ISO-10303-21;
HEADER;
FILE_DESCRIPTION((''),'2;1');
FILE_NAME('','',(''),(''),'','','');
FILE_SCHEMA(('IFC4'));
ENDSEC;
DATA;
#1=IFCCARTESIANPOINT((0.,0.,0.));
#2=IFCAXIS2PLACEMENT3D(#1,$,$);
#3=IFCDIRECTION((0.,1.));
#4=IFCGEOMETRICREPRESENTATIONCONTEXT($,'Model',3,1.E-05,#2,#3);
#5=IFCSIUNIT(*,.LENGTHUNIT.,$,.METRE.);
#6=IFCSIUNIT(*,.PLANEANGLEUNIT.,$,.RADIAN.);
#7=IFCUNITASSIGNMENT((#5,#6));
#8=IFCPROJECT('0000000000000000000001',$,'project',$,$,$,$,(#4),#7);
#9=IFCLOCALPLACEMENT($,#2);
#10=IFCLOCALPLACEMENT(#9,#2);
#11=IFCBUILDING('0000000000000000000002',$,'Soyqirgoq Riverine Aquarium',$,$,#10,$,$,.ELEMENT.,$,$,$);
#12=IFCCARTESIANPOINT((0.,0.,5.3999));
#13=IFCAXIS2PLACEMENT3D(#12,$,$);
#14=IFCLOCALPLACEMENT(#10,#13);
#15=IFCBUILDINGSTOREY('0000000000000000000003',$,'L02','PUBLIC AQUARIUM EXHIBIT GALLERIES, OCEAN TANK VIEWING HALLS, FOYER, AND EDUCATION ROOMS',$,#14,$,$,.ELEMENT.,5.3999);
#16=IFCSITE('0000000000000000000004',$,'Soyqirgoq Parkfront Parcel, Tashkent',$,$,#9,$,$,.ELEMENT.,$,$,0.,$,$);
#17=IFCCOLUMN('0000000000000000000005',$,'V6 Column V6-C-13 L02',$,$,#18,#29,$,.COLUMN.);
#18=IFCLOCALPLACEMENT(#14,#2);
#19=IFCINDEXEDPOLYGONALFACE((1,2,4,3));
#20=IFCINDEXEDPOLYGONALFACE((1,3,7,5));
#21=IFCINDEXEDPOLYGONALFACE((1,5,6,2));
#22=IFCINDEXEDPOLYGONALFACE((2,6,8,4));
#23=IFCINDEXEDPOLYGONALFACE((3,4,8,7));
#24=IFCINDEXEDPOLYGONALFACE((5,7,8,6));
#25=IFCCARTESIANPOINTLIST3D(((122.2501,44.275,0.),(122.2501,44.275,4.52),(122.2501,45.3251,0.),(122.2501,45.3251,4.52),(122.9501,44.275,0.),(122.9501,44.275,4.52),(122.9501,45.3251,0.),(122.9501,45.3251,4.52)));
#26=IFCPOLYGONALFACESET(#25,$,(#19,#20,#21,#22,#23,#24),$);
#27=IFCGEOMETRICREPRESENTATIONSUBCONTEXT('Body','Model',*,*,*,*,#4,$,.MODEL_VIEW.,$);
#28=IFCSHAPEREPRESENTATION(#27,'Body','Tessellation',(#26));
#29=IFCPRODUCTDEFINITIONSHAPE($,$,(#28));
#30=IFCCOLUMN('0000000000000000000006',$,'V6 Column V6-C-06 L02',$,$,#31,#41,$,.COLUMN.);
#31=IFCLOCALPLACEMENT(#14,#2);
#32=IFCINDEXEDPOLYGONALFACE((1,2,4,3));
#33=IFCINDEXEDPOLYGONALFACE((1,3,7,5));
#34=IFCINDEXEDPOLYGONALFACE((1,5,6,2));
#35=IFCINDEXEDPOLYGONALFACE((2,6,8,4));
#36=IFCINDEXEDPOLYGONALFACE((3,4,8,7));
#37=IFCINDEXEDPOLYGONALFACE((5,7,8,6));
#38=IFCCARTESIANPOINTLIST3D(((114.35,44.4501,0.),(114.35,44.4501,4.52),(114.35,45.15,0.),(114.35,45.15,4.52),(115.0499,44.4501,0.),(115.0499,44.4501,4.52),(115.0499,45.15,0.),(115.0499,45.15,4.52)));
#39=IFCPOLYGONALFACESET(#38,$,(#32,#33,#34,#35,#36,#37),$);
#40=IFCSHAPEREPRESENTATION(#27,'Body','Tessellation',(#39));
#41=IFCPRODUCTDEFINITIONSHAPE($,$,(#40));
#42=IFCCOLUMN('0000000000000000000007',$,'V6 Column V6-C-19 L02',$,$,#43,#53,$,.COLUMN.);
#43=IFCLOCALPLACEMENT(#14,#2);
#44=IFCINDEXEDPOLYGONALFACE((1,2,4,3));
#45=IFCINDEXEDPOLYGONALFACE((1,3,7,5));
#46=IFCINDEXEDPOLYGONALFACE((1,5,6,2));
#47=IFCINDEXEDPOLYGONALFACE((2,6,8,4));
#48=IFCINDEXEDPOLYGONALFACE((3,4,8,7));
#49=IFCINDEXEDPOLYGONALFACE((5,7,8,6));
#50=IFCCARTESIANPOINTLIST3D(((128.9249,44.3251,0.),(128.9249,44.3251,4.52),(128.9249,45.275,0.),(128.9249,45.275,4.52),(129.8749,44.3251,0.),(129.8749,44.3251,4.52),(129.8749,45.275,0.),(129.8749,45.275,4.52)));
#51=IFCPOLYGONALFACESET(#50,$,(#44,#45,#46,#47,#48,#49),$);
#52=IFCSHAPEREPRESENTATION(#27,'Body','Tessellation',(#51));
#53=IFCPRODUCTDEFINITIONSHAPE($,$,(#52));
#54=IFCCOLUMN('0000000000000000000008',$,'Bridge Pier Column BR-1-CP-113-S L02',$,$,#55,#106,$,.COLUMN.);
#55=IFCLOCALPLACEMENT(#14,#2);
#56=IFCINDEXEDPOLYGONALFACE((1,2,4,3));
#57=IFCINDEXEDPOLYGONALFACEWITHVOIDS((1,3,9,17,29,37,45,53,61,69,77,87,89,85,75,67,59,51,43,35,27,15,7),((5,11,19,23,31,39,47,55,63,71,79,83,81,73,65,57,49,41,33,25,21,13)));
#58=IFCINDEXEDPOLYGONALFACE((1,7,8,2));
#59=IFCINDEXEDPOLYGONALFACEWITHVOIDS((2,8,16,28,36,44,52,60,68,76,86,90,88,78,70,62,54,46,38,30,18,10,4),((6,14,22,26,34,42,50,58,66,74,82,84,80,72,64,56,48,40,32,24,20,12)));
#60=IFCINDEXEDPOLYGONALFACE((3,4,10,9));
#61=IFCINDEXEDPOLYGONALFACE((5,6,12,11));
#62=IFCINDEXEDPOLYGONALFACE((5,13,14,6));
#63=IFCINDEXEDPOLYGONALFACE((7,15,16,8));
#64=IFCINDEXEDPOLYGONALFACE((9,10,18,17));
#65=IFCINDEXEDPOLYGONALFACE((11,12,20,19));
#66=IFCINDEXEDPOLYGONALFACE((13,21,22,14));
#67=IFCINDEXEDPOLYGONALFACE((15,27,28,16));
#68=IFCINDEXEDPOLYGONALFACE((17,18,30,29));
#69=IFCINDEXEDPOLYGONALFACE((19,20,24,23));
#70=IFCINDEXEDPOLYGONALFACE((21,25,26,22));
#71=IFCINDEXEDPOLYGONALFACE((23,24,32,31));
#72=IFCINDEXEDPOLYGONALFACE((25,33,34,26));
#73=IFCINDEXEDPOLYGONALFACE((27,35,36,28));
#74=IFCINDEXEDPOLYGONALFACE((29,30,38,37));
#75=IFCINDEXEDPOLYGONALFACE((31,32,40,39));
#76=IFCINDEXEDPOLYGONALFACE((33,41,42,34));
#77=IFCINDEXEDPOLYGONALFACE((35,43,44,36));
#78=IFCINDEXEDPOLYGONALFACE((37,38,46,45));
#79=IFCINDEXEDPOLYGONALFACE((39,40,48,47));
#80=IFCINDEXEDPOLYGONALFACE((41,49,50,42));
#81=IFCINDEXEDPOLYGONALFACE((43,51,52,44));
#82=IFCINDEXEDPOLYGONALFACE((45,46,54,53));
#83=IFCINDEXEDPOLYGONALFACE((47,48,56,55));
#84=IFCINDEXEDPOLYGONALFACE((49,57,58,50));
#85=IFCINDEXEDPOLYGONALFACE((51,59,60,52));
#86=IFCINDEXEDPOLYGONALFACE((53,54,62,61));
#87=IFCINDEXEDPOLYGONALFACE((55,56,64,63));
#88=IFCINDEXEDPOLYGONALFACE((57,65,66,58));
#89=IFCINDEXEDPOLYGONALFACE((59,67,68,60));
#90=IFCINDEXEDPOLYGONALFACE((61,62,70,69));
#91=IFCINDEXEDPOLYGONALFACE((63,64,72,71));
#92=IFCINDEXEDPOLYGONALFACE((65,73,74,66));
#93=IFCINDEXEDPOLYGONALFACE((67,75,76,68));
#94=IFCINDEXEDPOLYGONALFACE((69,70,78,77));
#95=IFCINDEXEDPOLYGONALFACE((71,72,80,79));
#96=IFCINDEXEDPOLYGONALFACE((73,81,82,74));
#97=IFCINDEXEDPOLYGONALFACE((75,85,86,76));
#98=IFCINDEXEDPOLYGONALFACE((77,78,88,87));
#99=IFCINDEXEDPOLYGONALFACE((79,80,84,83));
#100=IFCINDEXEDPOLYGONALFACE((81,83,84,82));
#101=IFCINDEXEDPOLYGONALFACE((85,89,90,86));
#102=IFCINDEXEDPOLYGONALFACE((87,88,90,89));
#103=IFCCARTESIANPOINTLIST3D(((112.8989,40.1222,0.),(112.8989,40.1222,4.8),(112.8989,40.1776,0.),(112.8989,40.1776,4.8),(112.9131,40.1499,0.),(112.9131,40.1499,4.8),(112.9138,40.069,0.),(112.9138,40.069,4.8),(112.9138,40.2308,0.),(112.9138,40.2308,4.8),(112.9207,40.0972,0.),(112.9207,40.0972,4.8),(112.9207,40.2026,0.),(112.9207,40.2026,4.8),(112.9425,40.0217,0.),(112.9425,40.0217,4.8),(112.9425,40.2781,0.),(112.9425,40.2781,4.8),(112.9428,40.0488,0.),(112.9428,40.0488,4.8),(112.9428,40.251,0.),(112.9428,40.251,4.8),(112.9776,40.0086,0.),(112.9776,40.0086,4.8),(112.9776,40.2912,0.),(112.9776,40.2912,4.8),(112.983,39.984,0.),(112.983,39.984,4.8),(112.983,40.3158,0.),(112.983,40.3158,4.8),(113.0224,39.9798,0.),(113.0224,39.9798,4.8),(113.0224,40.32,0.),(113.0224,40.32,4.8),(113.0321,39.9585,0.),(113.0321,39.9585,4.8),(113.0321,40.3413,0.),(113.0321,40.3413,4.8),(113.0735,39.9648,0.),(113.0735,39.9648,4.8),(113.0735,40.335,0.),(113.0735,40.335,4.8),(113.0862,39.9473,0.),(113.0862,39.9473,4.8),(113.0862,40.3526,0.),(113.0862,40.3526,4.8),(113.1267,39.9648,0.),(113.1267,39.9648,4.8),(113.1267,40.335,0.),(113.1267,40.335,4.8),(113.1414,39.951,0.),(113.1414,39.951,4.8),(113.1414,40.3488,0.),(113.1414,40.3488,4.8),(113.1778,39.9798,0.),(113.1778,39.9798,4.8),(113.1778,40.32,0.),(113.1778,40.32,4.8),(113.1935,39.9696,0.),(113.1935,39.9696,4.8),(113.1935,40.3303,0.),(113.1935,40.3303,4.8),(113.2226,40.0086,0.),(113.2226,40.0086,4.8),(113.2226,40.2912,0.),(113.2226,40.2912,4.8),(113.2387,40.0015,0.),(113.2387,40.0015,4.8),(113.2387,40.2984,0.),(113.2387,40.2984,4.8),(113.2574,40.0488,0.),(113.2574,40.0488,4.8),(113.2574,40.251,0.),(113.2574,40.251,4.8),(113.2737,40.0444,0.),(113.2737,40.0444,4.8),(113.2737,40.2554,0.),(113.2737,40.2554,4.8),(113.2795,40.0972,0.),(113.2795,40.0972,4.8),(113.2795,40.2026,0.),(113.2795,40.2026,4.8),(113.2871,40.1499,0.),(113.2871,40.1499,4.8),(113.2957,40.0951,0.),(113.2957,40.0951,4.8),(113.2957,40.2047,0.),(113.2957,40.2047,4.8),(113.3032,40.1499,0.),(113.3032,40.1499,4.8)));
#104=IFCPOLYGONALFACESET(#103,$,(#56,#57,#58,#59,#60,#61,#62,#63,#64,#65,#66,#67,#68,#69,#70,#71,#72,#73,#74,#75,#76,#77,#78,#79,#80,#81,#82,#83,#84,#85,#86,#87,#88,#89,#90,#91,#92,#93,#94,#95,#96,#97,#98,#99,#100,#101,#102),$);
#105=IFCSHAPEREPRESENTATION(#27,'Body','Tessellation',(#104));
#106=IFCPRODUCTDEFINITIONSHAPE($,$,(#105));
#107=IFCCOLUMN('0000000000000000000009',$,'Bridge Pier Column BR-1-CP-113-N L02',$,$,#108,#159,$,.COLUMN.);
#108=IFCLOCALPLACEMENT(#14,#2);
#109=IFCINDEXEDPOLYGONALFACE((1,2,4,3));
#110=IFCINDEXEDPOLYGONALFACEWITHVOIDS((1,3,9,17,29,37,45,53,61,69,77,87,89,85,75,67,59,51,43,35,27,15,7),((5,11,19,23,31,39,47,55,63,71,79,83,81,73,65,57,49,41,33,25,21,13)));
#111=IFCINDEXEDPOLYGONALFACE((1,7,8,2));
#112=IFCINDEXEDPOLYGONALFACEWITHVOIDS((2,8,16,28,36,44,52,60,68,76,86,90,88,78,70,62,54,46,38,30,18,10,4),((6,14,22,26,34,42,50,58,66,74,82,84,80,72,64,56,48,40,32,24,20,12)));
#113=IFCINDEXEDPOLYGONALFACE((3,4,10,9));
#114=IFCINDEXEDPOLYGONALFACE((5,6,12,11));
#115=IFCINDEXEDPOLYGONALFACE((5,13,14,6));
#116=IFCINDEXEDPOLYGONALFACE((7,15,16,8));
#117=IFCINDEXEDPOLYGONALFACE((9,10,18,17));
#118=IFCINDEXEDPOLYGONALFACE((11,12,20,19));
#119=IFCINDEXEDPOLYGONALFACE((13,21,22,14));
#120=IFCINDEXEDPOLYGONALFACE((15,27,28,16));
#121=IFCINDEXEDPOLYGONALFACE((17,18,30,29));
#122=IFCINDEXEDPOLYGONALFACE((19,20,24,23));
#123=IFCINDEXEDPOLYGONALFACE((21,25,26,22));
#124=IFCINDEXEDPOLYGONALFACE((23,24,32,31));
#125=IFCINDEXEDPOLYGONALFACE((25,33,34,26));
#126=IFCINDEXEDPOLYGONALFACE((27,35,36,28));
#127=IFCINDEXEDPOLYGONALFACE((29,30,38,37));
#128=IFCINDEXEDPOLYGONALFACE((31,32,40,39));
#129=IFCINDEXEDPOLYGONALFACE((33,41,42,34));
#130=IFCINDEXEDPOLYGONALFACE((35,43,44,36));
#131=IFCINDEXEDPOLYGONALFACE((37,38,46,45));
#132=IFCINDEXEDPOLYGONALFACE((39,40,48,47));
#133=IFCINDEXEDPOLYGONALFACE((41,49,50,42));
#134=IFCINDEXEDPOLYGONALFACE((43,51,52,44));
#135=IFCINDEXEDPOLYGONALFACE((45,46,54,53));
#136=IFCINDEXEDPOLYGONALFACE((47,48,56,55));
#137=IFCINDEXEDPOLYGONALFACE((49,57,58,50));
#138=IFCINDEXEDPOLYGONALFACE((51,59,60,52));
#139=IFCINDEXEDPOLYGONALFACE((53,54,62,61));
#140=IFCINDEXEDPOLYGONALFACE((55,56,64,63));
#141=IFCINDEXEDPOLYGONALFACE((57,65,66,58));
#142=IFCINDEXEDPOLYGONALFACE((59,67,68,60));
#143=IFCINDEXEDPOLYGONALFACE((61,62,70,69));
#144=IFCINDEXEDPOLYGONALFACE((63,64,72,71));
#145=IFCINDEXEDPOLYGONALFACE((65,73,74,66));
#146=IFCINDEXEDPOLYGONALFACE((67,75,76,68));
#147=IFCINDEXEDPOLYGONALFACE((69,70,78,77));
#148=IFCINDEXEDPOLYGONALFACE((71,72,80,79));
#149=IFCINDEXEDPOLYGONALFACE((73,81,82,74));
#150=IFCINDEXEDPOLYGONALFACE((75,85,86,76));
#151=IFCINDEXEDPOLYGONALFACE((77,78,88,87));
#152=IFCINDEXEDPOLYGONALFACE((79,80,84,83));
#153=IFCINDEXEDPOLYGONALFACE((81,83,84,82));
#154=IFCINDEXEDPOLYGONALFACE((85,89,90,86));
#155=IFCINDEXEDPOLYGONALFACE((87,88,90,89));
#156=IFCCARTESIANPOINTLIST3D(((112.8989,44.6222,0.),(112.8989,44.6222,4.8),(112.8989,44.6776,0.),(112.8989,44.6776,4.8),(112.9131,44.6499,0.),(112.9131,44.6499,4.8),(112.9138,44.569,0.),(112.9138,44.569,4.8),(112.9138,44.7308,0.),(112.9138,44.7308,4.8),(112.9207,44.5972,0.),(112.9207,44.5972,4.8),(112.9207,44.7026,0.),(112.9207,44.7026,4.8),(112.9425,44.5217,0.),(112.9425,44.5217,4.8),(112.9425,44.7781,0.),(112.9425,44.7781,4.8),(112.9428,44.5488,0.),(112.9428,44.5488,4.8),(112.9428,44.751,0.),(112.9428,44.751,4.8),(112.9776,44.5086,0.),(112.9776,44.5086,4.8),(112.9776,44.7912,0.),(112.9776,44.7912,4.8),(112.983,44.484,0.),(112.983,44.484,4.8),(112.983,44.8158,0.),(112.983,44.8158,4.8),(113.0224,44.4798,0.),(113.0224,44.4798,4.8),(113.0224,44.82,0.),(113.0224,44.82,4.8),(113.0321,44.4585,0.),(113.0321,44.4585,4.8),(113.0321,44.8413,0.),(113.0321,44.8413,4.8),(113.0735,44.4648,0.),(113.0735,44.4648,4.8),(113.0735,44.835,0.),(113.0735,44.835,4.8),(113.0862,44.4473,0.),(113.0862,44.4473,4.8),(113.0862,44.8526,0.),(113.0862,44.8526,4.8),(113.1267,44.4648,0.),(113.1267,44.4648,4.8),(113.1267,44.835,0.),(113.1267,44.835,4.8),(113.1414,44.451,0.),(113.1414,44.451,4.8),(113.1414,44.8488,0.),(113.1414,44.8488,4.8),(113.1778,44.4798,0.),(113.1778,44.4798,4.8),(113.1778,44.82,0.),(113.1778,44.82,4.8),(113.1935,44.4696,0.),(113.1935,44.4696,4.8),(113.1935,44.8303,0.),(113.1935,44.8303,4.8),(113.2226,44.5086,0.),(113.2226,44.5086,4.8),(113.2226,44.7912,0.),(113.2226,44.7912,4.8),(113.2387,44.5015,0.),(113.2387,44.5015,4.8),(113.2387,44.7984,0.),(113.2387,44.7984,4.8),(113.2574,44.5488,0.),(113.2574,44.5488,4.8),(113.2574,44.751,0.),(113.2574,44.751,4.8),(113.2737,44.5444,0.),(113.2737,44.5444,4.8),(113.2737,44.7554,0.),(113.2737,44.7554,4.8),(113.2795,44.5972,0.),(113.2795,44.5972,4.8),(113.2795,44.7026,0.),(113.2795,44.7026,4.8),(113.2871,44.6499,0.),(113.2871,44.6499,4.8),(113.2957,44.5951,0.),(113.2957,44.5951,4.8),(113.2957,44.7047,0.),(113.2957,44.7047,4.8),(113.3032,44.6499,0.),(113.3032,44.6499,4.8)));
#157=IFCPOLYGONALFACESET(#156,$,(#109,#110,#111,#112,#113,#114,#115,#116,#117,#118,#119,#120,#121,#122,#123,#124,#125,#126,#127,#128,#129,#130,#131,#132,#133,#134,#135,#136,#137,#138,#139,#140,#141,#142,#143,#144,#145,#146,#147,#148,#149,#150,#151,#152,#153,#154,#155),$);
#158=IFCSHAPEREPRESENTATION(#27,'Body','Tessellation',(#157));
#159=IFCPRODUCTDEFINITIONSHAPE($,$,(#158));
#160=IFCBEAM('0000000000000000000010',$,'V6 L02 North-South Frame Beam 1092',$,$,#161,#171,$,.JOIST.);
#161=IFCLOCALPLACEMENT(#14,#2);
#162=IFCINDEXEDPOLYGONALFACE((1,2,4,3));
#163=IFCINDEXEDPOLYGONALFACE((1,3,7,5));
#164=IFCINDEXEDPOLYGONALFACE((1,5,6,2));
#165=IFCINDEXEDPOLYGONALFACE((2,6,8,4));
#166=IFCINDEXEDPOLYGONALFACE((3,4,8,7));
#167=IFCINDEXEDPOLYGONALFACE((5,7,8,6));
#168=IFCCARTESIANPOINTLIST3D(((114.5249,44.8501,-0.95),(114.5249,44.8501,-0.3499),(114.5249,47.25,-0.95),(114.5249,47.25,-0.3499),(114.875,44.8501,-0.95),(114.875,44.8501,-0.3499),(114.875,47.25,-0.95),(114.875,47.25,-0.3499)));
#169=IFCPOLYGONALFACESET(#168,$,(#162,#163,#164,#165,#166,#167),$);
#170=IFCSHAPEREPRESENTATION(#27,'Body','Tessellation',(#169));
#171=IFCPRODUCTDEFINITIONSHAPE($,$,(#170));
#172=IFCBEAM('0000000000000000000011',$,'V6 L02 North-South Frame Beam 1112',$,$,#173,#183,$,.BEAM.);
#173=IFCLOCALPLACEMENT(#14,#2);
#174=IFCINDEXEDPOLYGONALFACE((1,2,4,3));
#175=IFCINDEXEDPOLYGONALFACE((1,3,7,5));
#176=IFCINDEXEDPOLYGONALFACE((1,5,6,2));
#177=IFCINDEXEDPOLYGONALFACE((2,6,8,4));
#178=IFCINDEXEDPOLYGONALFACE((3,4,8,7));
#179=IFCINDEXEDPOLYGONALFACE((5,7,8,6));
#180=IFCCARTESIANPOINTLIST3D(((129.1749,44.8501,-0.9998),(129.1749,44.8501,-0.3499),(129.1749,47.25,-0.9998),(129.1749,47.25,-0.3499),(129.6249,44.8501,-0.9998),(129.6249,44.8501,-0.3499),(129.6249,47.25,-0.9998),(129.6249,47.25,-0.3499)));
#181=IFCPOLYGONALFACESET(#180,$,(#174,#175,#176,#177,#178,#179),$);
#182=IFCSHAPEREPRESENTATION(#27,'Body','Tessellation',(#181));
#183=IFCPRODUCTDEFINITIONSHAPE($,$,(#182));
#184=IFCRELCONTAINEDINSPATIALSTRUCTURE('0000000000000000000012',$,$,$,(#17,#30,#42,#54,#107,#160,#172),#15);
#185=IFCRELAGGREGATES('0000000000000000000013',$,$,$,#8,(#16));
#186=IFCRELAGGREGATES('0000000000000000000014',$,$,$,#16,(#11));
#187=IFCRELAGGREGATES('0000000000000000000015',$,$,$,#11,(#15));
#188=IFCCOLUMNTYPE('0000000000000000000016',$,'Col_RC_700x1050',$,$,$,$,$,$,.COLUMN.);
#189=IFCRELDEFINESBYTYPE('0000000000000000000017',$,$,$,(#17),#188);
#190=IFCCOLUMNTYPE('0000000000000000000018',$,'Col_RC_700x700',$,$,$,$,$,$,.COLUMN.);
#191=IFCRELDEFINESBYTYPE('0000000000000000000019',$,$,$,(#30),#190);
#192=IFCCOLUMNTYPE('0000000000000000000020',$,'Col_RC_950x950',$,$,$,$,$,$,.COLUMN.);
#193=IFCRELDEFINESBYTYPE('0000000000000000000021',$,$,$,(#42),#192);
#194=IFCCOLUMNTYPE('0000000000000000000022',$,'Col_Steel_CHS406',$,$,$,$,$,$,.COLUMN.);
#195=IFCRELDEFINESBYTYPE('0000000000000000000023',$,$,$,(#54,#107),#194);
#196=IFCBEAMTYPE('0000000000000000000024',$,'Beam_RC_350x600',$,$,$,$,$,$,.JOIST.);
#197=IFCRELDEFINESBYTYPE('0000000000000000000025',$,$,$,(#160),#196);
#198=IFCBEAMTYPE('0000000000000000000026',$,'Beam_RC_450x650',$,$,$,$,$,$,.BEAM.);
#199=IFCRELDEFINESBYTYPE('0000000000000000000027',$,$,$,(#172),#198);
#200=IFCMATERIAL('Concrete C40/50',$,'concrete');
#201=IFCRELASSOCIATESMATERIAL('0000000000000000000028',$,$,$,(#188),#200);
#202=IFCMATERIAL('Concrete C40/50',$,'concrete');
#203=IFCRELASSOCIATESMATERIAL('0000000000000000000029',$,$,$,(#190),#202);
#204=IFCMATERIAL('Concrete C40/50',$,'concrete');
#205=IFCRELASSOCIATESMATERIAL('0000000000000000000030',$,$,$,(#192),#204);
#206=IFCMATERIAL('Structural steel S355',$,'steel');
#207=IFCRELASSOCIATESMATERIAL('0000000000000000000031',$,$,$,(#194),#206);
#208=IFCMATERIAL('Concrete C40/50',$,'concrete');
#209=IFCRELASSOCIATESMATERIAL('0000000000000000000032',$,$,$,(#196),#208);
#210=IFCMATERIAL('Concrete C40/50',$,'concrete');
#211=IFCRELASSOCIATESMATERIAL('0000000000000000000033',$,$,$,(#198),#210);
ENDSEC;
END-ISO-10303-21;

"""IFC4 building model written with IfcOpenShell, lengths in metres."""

from ifc_helpers import new_model, si_unit, direction, frame, origin, origin_2d, place, context, subcontext, project, spatial, rectangle, hollow_circle, extrude, material, material_profile, profile_set, type_object, element, save


model = new_model("IFC4")

# Units and contexts
model_context = context("Model", 3, precision=1e-05, world=origin(), true_north=direction((0.0, 1.0)))
body_context = subcontext(model_context, "Body", "Model", "MODEL_VIEW")
ifc_project = project(units=[si_unit("LENGTHUNIT", "METRE"), si_unit("PLANEANGLEUNIT", "RADIAN")], contexts=[model_context])

# Site, building, storey
site_placement = place(None, origin())
site = spatial("IfcSite", under=ifc_project, at=site_placement, Name="Soyqirgoq Parkfront Parcel, Tashkent", CompositionType="ELEMENT", RefElevation=0.0)
building_placement = place(site_placement, origin())
building = spatial("IfcBuilding", under=site, at=building_placement, Name="Soyqirgoq Riverine Aquarium", CompositionType="ELEMENT")
storey_placement = place(building_placement, frame((0.0, 0.0, 5.3999)))
storey = spatial("IfcBuildingStorey", under=building, at=storey_placement, Name="L02", Description="PUBLIC AQUARIUM EXHIBIT GALLERIES, OCEAN TANK VIEWING HALLS, FOYER, AND EDUCATION ROOMS", CompositionType="ELEMENT", Elevation=5.3999)

# Columns
ifc_material_1 = material(Name="Concrete C40/50", Category="concrete")
ifc_material_profile_1 = material_profile(ifc_material_1, rectangle(XDim=0.7, YDim=1.05, at=origin_2d()), Name="RC-COL 700x1050")
ifc_profile_set_1 = profile_set([ifc_material_profile_1], Name="Concrete C40/50")
column_type_1 = type_object("IfcColumnType", Name="Col_RC_700x1050", PredefinedType="COLUMN", material=ifc_profile_set_1)
column_1_placement = place(storey_placement, frame((122.6001, 44.8, 0.0), z_axis=(0.0, 0.0, 1.0), x_axis=(1.0, 0.0, 0.0)))
element("IfcColumn", 1, at=column_1_placement, inside=storey, type_object=column_type_1, Name="V6 Column V6-C-13 L02", PredefinedType="COLUMN", context=body_context, shape_type="SweptSolid", body=[
    extrude(rectangle(XDim=0.7, YDim=1.05, at=origin_2d()), origin(), (0.0, 0.0, 1.0), 4.52),
])
ifc_material_2 = material(Name="Concrete C40/50", Category="concrete")
ifc_material_profile_2 = material_profile(ifc_material_2, rectangle(XDim=0.7, YDim=0.7, at=origin_2d()), Name="RC 700x700")
ifc_profile_set_2 = profile_set([ifc_material_profile_2], Name="Concrete C40/50")
column_type_2 = type_object("IfcColumnType", Name="Col_RC_700x700", PredefinedType="COLUMN", material=ifc_profile_set_2)
column_2_placement = place(storey_placement, frame((114.7, 44.8, 0.0), z_axis=(0.0, 0.0, 1.0), x_axis=(1.0, 0.0, 0.0)))
element("IfcColumn", 2, at=column_2_placement, inside=storey, type_object=column_type_2, Name="V6 Column V6-C-06 L02", PredefinedType="COLUMN", context=body_context, shape_type="SweptSolid", body=[
    extrude(rectangle(XDim=0.7, YDim=0.7, at=origin_2d()), origin(), (0.0, 0.0, 1.0), 4.52),
])
ifc_material_3 = material(Name="Concrete C40/50", Category="concrete")
ifc_material_profile_3 = material_profile(ifc_material_3, rectangle(XDim=0.95, YDim=0.95, at=origin_2d()), Name="RC 950x950")
ifc_profile_set_3 = profile_set([ifc_material_profile_3], Name="Concrete C40/50")
column_type_3 = type_object("IfcColumnType", Name="Col_RC_950x950", PredefinedType="COLUMN", material=ifc_profile_set_3)
column_3_placement = place(storey_placement, frame((129.3999, 44.8, 0.0), z_axis=(0.0, 0.0, 1.0), x_axis=(1.0, 0.0, 0.0)))
element("IfcColumn", 3, at=column_3_placement, inside=storey, type_object=column_type_3, Name="V6 Column V6-C-19 L02", PredefinedType="COLUMN", context=body_context, shape_type="SweptSolid", body=[
    extrude(rectangle(XDim=0.95, YDim=0.95, at=origin_2d()), origin(), (0.0, 0.0, 1.0), 4.52),
])
ifc_material_4 = material(Name="Structural steel S355", Category="steel")
ifc_material_profile_4 = material_profile(ifc_material_4, hollow_circle(Radius=0.2031, WallThickness=0.0161, at=origin_2d()), Name="CHS 406.4x16")
ifc_profile_set_4 = profile_set([ifc_material_profile_4], Name="Structural steel S355")
column_type_4 = type_object("IfcColumnType", Name="Col_Steel_CHS406", PredefinedType="COLUMN", material=ifc_profile_set_4)
for number, where, z_axis, x_axis, name in (
    (4, (113.1001, 40.1499, 0.0), (0.0, 0.0, 1.0), (1.0, 0.0, 0.0), "Bridge Pier Column BR-1-CP-113-S L02"),
    (5, (113.1001, 44.6499, 0.0), (0.0, 0.0, 1.0), (1.0, 0.0, 0.0), "Bridge Pier Column BR-1-CP-113-N L02"),
):
    element("IfcColumn", number, at=place(storey_placement, frame(where, z_axis=z_axis, x_axis=x_axis)), inside=storey, type_object=column_type_4, Name=name, PredefinedType="COLUMN", context=body_context, shape_type="SweptSolid", body=[
        extrude(hollow_circle(Radius=0.2031, WallThickness=0.0161, at=origin_2d()), origin(), (0.0, 0.0, 1.0), 4.8),
    ])

# Beams
ifc_material_5 = material(Name="Concrete C40/50", Category="concrete")
ifc_material_profile_5 = material_profile(ifc_material_5, rectangle(XDim=0.3501, YDim=0.6001, at=origin_2d()), Name="RC 350x600")
ifc_profile_set_5 = profile_set([ifc_material_profile_5], Name="Concrete C40/50")
beam_type_1 = type_object("IfcBeamType", Name="Beam_RC_350x600", PredefinedType="JOIST", material=ifc_profile_set_5)
beam_1_placement = place(storey_placement, frame((114.7, 44.8501, -0.6499), z_axis=(0.0, 1.0, 0.0), x_axis=(-1.0, 0.0, 0.0)))
element("IfcBeam", 6, at=beam_1_placement, inside=storey, type_object=beam_type_1, Name="V6 L02 North-South Frame Beam 1092", PredefinedType="JOIST", context=body_context, shape_type="SweptSolid", body=[
    extrude(rectangle(XDim=0.3501, YDim=0.6001, at=origin_2d()), origin(), (0.0, 0.0, 1.0), 2.3999),
])
ifc_material_6 = material(Name="Concrete C40/50", Category="concrete")
ifc_material_profile_6 = material_profile(ifc_material_6, rectangle(XDim=0.45, YDim=0.6499, at=origin_2d()), Name="RC 450x650")
ifc_profile_set_6 = profile_set([ifc_material_profile_6], Name="Concrete C40/50")
beam_type_2 = type_object("IfcBeamType", Name="Beam_RC_450x650", PredefinedType="BEAM", material=ifc_profile_set_6)
beam_2_placement = place(storey_placement, frame((129.3999, 44.8501, -0.6748), z_axis=(0.0, 1.0, 0.0), x_axis=(-1.0, 0.0, 0.0)))
element("IfcBeam", 7, at=beam_2_placement, inside=storey, type_object=beam_type_2, Name="V6 L02 North-South Frame Beam 1112", PredefinedType="BEAM", context=body_context, shape_type="SweptSolid", body=[
    extrude(rectangle(XDim=0.45, YDim=0.6499, at=origin_2d()), origin(), (0.0, 0.0, 1.0), 2.3999),
])

save(model, "model.ifc")
